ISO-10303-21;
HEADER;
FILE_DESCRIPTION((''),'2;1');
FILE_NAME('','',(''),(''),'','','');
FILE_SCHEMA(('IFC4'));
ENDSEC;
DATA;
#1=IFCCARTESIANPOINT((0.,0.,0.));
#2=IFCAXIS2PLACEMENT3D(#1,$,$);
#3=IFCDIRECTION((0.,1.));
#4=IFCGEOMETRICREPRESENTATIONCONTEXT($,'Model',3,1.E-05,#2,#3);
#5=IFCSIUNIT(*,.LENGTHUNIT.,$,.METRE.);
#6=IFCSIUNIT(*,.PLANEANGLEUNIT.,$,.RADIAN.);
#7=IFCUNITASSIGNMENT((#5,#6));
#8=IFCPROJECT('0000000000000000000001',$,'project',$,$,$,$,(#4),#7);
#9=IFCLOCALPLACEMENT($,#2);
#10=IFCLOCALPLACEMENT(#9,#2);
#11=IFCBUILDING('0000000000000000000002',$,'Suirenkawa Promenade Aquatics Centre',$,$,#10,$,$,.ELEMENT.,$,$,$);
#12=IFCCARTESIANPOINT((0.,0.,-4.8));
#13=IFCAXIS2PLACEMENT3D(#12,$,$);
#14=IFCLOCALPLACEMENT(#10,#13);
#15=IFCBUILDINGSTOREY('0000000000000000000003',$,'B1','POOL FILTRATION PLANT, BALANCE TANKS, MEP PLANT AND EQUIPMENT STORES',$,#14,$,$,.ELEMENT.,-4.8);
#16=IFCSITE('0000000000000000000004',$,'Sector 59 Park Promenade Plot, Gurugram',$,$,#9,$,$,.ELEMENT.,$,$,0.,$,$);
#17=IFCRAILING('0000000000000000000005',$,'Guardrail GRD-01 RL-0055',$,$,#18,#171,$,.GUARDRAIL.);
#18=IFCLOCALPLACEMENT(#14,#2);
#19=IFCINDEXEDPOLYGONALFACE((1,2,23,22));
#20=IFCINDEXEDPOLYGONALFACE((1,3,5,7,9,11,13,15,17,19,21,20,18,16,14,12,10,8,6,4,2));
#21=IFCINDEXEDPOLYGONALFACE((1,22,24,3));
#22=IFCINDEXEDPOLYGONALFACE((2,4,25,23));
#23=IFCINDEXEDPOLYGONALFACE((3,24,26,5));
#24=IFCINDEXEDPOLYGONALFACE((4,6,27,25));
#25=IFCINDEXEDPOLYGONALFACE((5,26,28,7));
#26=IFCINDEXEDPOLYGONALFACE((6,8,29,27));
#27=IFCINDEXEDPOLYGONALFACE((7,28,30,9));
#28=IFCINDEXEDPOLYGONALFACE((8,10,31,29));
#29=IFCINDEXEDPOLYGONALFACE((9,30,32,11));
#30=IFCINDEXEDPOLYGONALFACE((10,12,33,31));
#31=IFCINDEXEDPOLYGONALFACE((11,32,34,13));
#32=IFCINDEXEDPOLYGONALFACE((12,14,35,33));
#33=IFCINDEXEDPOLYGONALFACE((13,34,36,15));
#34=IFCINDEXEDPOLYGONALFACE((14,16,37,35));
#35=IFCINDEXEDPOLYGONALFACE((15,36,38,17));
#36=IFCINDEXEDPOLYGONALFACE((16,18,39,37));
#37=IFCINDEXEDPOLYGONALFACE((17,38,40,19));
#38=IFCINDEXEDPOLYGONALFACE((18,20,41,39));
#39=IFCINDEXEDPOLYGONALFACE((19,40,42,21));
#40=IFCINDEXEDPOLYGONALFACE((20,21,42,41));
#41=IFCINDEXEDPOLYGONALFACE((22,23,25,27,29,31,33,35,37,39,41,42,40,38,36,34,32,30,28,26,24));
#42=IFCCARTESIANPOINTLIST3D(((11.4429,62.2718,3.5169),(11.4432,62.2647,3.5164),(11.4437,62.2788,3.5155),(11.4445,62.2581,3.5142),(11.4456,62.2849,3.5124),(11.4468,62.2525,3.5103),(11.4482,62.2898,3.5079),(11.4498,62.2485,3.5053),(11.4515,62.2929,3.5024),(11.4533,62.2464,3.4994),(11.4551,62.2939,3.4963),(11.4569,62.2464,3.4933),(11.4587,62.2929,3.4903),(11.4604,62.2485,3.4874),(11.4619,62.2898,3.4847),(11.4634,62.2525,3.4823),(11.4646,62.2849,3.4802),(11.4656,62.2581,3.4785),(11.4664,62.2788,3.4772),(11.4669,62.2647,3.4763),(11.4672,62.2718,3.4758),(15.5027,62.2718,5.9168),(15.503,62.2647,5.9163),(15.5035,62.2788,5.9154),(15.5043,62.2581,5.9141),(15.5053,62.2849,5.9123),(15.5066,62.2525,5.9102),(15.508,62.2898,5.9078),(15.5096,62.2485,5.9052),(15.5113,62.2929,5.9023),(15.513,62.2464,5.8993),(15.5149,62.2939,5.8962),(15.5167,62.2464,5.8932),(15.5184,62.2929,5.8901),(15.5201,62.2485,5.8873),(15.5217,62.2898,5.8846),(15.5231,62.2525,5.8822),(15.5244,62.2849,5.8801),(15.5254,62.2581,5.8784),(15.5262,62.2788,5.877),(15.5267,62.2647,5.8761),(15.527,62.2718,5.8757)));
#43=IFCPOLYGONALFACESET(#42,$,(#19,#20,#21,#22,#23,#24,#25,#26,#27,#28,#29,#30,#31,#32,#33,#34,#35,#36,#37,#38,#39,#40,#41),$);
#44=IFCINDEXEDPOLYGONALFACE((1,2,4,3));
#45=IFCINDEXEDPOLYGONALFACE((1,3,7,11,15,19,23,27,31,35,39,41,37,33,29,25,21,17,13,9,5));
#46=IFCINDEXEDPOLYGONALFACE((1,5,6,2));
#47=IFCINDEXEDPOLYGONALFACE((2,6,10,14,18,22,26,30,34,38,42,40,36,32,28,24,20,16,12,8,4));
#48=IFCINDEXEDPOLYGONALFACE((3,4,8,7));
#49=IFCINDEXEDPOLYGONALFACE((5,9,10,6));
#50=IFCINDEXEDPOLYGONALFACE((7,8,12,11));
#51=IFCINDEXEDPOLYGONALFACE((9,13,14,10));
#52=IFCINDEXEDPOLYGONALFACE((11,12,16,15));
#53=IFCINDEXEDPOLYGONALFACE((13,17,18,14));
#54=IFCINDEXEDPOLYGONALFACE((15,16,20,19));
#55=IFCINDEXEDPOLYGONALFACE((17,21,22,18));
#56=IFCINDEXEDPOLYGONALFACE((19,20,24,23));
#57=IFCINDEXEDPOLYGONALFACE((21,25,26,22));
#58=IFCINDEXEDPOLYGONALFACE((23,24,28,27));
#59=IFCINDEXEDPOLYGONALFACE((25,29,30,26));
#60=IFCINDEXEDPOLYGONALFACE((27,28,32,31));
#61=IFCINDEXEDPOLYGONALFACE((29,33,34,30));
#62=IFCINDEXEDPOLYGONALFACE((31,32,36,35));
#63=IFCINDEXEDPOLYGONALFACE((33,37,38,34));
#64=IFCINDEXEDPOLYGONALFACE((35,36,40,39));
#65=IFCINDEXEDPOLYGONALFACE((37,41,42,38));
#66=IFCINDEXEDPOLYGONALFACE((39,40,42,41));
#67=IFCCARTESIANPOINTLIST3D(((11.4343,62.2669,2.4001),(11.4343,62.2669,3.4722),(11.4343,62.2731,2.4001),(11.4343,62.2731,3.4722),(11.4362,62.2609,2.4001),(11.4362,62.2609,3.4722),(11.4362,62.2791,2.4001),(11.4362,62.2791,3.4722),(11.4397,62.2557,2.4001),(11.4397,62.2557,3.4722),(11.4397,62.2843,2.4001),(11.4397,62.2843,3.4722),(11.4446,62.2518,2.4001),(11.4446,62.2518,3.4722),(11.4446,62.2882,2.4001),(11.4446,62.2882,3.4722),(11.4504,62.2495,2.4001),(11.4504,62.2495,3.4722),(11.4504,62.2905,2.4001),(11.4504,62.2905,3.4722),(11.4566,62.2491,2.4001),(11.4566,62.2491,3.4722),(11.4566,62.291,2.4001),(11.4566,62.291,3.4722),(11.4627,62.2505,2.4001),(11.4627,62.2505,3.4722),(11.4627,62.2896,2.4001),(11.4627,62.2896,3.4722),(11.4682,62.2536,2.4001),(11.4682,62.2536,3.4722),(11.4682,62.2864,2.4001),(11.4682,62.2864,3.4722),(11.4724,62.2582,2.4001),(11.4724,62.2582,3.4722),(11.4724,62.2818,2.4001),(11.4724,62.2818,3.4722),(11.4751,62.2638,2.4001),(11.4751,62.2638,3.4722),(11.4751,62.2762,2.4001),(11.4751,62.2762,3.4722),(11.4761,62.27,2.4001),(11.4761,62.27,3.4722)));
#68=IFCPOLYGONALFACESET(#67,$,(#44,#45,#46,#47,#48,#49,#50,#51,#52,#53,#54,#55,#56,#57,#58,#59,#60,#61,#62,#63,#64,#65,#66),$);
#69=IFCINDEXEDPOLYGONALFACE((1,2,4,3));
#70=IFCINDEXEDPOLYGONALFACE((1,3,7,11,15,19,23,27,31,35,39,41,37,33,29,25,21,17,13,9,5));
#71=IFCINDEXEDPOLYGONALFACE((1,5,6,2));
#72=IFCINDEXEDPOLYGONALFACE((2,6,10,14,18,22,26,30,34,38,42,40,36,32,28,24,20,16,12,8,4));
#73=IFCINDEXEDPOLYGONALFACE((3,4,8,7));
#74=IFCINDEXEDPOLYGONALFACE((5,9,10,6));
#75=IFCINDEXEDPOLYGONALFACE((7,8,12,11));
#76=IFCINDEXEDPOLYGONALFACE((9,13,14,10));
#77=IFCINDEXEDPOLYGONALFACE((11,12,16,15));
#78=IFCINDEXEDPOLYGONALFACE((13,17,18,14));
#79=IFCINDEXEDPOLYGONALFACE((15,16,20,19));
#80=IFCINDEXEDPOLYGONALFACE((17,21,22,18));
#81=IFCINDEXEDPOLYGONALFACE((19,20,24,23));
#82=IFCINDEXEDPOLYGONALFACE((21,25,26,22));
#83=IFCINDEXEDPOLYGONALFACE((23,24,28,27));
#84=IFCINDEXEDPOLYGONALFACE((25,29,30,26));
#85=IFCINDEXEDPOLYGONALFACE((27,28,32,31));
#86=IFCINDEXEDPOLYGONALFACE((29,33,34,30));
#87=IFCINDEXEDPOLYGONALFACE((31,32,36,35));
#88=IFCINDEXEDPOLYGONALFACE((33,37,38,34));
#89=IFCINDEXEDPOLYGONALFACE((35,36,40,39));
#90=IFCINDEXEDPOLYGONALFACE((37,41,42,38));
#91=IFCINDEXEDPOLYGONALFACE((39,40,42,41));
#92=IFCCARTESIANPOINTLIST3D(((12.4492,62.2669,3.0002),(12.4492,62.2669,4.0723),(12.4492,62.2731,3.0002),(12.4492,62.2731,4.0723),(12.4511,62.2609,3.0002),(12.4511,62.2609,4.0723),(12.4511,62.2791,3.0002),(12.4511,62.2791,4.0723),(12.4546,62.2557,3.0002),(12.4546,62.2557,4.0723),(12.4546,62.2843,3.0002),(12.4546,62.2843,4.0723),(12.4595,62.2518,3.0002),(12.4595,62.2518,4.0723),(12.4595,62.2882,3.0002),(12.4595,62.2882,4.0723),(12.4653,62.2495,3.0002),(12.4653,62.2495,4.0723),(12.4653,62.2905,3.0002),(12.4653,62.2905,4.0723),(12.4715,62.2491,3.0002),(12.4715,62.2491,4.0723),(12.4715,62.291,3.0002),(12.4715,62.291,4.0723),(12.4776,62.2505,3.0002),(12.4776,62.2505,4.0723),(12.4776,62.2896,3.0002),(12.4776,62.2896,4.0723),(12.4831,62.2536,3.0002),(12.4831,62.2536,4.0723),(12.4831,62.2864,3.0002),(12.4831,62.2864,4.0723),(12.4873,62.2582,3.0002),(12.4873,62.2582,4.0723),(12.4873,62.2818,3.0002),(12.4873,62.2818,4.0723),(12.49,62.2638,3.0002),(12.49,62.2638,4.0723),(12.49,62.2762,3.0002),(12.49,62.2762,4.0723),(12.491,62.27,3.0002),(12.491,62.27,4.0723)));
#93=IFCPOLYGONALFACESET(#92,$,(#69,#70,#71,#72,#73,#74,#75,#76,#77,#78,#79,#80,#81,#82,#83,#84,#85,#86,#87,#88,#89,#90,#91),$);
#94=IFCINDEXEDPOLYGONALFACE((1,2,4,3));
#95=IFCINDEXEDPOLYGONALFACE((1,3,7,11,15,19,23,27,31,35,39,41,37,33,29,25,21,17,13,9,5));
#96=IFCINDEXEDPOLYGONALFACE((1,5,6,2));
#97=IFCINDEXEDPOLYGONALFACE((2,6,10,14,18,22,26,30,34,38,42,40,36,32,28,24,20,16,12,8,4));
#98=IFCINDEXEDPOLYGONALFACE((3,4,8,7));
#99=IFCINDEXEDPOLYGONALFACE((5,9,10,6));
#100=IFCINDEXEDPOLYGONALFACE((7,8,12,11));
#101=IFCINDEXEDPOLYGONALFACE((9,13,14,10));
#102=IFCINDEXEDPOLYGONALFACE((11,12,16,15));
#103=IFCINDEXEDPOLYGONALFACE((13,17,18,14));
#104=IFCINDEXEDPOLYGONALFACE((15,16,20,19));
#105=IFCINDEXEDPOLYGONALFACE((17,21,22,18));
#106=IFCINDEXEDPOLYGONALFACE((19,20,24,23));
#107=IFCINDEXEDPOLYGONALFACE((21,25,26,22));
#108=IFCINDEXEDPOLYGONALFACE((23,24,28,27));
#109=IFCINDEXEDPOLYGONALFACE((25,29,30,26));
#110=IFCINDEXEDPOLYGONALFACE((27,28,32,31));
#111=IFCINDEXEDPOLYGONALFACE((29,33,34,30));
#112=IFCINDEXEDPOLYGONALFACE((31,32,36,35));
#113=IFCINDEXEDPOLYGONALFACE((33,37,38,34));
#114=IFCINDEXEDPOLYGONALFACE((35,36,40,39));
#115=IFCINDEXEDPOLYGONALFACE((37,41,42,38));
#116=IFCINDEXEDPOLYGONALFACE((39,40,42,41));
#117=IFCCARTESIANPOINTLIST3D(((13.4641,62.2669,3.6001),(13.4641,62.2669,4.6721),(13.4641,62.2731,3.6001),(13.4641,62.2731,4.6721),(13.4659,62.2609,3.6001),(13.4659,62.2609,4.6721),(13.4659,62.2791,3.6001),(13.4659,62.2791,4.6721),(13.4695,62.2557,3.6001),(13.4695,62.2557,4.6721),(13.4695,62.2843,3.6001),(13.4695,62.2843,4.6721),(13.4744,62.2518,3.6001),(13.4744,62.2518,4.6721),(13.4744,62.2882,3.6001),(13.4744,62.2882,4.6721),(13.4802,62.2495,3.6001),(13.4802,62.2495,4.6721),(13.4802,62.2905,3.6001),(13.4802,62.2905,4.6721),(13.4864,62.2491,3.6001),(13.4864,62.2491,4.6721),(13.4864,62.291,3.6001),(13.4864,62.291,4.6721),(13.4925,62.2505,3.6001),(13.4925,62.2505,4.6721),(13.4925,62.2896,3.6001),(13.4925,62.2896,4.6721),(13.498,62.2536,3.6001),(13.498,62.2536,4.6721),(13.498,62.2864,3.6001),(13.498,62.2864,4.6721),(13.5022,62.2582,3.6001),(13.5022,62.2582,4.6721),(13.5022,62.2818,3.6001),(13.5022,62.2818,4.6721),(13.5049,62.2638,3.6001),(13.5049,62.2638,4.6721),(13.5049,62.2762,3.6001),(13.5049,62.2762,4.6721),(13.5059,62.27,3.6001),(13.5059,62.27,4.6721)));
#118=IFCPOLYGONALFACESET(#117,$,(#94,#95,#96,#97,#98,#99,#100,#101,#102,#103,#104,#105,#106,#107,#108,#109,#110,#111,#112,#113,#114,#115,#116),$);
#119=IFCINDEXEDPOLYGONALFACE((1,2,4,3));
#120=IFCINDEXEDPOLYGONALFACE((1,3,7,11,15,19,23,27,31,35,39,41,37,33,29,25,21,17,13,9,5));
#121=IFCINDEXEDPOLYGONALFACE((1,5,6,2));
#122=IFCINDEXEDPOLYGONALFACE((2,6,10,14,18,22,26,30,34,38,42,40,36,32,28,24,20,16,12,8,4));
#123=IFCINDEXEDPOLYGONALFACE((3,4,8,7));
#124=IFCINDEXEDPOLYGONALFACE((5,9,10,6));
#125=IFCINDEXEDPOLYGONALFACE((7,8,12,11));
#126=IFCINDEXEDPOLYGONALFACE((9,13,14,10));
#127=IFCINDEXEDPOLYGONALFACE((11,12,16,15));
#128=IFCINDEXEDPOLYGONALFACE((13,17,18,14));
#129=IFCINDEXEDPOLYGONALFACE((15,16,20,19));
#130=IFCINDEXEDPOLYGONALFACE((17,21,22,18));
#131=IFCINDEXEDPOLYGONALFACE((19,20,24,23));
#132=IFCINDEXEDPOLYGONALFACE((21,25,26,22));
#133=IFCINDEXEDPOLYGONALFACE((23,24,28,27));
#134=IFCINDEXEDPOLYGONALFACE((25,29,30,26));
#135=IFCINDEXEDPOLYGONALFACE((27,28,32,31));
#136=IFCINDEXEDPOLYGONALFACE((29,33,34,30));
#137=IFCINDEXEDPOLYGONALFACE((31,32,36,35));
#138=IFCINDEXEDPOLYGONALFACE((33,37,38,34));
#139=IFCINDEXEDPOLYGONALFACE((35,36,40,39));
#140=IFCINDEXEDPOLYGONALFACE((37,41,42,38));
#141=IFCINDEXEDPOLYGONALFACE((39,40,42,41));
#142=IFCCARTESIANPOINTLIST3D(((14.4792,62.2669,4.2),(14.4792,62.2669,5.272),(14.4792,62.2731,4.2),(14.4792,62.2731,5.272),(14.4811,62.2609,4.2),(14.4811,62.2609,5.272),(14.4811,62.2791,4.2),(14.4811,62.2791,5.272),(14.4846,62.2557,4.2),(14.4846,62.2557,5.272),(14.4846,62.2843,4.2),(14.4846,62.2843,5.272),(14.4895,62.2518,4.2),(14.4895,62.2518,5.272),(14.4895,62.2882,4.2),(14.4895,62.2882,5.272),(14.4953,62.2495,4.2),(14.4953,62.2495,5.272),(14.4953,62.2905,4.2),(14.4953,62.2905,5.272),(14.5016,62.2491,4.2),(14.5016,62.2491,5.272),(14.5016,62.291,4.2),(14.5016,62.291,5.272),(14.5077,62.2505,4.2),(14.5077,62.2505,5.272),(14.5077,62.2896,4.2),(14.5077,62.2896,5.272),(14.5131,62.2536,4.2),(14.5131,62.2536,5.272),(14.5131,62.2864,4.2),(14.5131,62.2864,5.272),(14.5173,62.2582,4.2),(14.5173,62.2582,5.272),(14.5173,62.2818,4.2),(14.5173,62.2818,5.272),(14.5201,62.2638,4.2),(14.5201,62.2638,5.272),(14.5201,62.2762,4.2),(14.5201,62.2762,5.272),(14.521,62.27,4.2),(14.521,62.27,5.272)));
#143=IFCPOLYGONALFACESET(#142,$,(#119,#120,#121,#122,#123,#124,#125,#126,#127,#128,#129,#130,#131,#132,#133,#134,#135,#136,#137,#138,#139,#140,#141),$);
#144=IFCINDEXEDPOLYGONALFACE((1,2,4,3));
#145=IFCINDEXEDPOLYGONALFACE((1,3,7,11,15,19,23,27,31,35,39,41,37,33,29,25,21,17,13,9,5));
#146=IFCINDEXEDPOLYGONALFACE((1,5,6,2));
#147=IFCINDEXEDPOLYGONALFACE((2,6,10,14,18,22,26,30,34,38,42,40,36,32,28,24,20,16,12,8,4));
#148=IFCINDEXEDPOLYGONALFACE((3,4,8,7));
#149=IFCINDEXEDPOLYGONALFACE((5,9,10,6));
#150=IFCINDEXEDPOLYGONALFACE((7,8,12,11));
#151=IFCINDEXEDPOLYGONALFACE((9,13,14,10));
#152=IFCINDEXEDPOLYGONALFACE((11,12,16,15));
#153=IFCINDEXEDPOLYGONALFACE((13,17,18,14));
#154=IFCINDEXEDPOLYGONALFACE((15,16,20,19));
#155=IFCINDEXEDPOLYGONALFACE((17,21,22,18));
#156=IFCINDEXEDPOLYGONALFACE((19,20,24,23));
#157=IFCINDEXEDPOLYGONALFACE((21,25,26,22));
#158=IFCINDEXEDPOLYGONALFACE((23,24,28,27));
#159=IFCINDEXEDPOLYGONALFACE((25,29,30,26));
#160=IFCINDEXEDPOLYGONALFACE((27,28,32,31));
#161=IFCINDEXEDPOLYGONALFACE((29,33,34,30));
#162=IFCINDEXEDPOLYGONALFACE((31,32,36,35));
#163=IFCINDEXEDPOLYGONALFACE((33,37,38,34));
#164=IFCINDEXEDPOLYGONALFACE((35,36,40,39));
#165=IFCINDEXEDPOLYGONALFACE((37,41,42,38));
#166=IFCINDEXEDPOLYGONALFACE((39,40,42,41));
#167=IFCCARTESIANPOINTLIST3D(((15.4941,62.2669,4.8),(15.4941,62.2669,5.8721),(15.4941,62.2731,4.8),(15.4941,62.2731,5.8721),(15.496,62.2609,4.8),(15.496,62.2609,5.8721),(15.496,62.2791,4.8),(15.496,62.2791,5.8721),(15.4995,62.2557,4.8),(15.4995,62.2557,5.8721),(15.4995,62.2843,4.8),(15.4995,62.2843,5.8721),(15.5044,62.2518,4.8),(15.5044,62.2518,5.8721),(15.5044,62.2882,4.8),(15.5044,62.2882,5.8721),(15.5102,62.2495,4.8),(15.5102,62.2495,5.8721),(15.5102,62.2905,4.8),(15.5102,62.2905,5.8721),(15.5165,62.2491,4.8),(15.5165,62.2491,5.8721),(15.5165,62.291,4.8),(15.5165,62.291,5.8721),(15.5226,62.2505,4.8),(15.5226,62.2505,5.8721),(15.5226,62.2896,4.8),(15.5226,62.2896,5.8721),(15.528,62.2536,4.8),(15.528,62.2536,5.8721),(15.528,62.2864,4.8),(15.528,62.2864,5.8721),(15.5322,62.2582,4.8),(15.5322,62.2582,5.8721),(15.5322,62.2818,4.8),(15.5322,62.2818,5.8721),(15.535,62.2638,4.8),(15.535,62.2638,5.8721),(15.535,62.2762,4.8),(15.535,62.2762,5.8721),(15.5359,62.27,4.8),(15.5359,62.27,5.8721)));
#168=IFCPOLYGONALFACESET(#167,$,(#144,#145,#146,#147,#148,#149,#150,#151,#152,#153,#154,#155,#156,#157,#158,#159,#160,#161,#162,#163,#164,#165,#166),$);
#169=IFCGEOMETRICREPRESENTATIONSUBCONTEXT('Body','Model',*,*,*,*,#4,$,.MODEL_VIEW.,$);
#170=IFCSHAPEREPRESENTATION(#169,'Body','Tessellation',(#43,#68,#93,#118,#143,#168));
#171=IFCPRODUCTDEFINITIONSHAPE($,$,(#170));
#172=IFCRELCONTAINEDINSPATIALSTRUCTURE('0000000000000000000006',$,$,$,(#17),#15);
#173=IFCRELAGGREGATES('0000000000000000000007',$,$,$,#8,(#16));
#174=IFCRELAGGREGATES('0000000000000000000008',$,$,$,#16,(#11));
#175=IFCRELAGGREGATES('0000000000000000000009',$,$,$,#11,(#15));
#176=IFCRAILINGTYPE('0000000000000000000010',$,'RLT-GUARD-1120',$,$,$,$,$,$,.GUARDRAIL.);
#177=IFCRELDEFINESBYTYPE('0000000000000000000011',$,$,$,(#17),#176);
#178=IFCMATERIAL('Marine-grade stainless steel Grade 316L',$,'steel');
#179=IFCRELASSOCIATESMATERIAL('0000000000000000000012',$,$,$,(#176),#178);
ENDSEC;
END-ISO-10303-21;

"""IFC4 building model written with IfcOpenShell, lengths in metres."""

from ifc_helpers import new_model, si_unit, direction, frame, origin, origin_2d, place, context, subcontext, project, spatial, circle, extrude, material, type_object, element, save


model = new_model("IFC4")

# Units and contexts
model_context = context("Model", 3, precision=1e-05, world=origin(), true_north=direction((0.0, 1.0)))
body_context = subcontext(model_context, "Body", "Model", "MODEL_VIEW")
ifc_project = project(units=[si_unit("LENGTHUNIT", "METRE"), si_unit("PLANEANGLEUNIT", "RADIAN")], contexts=[model_context])

# Site, building, storey
site_placement = place(None, origin())
site = spatial("IfcSite", under=ifc_project, at=site_placement, Name="Sector 59 Park Promenade Plot, Gurugram", CompositionType="ELEMENT", RefElevation=0.0)
building_placement = place(site_placement, origin())
building = spatial("IfcBuilding", under=site, at=building_placement, Name="Suirenkawa Promenade Aquatics Centre", CompositionType="ELEMENT")
storey_placement = place(building_placement, frame((0.0, 0.0, -4.8)))
storey = spatial("IfcBuildingStorey", under=building, at=storey_placement, Name="B1", Description="POOL FILTRATION PLANT, BALANCE TANKS, MEP PLANT AND EQUIPMENT STORES", CompositionType="ELEMENT", Elevation=-4.8)

# Railing
ifc_material_1 = material(Name="Marine-grade stainless steel Grade 316L", Category="steel")
railing_type_1 = type_object("IfcRailingType", Name="RLT-GUARD-1120", PredefinedType="GUARDRAIL", material=ifc_material_1)
for number, where, name in (
    (1, (11.4551, 62.27, 2.4001), "Guardrail GRD-01 RL-0055"),
):
    element("IfcRailing", number, at=place(storey_placement, frame(where)), inside=storey, type_object=railing_type_1, Name=name, PredefinedType="GUARDRAIL", context=body_context, shape_type="SweptSolid", body=[
        extrude(circle(Radius=0.0239, at=origin_2d()), frame((0.0, 0.0, 1.0962), z_axis=(0.860841, 0.0, 0.508874), x_axis=(0.0, 1.0, 0.0)), (0.0, 0.0, 1.0), 4.7161),
        extrude(circle(Radius=0.021, at=origin_2d()), origin(), (0.0, 0.0, 1.0), 1.072),
        extrude(circle(Radius=0.021, at=origin_2d()), frame((1.0149, 0.0, 0.6001)), (0.0, 0.0, 1.0), 1.072),
        extrude(circle(Radius=0.021, at=origin_2d()), frame((2.0298, 0.0, 1.2)), (0.0, 0.0, 1.0), 1.072),
        extrude(circle(Radius=0.021, at=origin_2d()), frame((3.0449, 0.0, 1.7998)), (0.0, 0.0, 1.0), 1.072),
        extrude(circle(Radius=0.021, at=origin_2d()), frame((4.0598, 0.0, 2.3999)), (0.0, 0.0, 1.0), 1.072),
    ])

save(model, "model.ifc")
